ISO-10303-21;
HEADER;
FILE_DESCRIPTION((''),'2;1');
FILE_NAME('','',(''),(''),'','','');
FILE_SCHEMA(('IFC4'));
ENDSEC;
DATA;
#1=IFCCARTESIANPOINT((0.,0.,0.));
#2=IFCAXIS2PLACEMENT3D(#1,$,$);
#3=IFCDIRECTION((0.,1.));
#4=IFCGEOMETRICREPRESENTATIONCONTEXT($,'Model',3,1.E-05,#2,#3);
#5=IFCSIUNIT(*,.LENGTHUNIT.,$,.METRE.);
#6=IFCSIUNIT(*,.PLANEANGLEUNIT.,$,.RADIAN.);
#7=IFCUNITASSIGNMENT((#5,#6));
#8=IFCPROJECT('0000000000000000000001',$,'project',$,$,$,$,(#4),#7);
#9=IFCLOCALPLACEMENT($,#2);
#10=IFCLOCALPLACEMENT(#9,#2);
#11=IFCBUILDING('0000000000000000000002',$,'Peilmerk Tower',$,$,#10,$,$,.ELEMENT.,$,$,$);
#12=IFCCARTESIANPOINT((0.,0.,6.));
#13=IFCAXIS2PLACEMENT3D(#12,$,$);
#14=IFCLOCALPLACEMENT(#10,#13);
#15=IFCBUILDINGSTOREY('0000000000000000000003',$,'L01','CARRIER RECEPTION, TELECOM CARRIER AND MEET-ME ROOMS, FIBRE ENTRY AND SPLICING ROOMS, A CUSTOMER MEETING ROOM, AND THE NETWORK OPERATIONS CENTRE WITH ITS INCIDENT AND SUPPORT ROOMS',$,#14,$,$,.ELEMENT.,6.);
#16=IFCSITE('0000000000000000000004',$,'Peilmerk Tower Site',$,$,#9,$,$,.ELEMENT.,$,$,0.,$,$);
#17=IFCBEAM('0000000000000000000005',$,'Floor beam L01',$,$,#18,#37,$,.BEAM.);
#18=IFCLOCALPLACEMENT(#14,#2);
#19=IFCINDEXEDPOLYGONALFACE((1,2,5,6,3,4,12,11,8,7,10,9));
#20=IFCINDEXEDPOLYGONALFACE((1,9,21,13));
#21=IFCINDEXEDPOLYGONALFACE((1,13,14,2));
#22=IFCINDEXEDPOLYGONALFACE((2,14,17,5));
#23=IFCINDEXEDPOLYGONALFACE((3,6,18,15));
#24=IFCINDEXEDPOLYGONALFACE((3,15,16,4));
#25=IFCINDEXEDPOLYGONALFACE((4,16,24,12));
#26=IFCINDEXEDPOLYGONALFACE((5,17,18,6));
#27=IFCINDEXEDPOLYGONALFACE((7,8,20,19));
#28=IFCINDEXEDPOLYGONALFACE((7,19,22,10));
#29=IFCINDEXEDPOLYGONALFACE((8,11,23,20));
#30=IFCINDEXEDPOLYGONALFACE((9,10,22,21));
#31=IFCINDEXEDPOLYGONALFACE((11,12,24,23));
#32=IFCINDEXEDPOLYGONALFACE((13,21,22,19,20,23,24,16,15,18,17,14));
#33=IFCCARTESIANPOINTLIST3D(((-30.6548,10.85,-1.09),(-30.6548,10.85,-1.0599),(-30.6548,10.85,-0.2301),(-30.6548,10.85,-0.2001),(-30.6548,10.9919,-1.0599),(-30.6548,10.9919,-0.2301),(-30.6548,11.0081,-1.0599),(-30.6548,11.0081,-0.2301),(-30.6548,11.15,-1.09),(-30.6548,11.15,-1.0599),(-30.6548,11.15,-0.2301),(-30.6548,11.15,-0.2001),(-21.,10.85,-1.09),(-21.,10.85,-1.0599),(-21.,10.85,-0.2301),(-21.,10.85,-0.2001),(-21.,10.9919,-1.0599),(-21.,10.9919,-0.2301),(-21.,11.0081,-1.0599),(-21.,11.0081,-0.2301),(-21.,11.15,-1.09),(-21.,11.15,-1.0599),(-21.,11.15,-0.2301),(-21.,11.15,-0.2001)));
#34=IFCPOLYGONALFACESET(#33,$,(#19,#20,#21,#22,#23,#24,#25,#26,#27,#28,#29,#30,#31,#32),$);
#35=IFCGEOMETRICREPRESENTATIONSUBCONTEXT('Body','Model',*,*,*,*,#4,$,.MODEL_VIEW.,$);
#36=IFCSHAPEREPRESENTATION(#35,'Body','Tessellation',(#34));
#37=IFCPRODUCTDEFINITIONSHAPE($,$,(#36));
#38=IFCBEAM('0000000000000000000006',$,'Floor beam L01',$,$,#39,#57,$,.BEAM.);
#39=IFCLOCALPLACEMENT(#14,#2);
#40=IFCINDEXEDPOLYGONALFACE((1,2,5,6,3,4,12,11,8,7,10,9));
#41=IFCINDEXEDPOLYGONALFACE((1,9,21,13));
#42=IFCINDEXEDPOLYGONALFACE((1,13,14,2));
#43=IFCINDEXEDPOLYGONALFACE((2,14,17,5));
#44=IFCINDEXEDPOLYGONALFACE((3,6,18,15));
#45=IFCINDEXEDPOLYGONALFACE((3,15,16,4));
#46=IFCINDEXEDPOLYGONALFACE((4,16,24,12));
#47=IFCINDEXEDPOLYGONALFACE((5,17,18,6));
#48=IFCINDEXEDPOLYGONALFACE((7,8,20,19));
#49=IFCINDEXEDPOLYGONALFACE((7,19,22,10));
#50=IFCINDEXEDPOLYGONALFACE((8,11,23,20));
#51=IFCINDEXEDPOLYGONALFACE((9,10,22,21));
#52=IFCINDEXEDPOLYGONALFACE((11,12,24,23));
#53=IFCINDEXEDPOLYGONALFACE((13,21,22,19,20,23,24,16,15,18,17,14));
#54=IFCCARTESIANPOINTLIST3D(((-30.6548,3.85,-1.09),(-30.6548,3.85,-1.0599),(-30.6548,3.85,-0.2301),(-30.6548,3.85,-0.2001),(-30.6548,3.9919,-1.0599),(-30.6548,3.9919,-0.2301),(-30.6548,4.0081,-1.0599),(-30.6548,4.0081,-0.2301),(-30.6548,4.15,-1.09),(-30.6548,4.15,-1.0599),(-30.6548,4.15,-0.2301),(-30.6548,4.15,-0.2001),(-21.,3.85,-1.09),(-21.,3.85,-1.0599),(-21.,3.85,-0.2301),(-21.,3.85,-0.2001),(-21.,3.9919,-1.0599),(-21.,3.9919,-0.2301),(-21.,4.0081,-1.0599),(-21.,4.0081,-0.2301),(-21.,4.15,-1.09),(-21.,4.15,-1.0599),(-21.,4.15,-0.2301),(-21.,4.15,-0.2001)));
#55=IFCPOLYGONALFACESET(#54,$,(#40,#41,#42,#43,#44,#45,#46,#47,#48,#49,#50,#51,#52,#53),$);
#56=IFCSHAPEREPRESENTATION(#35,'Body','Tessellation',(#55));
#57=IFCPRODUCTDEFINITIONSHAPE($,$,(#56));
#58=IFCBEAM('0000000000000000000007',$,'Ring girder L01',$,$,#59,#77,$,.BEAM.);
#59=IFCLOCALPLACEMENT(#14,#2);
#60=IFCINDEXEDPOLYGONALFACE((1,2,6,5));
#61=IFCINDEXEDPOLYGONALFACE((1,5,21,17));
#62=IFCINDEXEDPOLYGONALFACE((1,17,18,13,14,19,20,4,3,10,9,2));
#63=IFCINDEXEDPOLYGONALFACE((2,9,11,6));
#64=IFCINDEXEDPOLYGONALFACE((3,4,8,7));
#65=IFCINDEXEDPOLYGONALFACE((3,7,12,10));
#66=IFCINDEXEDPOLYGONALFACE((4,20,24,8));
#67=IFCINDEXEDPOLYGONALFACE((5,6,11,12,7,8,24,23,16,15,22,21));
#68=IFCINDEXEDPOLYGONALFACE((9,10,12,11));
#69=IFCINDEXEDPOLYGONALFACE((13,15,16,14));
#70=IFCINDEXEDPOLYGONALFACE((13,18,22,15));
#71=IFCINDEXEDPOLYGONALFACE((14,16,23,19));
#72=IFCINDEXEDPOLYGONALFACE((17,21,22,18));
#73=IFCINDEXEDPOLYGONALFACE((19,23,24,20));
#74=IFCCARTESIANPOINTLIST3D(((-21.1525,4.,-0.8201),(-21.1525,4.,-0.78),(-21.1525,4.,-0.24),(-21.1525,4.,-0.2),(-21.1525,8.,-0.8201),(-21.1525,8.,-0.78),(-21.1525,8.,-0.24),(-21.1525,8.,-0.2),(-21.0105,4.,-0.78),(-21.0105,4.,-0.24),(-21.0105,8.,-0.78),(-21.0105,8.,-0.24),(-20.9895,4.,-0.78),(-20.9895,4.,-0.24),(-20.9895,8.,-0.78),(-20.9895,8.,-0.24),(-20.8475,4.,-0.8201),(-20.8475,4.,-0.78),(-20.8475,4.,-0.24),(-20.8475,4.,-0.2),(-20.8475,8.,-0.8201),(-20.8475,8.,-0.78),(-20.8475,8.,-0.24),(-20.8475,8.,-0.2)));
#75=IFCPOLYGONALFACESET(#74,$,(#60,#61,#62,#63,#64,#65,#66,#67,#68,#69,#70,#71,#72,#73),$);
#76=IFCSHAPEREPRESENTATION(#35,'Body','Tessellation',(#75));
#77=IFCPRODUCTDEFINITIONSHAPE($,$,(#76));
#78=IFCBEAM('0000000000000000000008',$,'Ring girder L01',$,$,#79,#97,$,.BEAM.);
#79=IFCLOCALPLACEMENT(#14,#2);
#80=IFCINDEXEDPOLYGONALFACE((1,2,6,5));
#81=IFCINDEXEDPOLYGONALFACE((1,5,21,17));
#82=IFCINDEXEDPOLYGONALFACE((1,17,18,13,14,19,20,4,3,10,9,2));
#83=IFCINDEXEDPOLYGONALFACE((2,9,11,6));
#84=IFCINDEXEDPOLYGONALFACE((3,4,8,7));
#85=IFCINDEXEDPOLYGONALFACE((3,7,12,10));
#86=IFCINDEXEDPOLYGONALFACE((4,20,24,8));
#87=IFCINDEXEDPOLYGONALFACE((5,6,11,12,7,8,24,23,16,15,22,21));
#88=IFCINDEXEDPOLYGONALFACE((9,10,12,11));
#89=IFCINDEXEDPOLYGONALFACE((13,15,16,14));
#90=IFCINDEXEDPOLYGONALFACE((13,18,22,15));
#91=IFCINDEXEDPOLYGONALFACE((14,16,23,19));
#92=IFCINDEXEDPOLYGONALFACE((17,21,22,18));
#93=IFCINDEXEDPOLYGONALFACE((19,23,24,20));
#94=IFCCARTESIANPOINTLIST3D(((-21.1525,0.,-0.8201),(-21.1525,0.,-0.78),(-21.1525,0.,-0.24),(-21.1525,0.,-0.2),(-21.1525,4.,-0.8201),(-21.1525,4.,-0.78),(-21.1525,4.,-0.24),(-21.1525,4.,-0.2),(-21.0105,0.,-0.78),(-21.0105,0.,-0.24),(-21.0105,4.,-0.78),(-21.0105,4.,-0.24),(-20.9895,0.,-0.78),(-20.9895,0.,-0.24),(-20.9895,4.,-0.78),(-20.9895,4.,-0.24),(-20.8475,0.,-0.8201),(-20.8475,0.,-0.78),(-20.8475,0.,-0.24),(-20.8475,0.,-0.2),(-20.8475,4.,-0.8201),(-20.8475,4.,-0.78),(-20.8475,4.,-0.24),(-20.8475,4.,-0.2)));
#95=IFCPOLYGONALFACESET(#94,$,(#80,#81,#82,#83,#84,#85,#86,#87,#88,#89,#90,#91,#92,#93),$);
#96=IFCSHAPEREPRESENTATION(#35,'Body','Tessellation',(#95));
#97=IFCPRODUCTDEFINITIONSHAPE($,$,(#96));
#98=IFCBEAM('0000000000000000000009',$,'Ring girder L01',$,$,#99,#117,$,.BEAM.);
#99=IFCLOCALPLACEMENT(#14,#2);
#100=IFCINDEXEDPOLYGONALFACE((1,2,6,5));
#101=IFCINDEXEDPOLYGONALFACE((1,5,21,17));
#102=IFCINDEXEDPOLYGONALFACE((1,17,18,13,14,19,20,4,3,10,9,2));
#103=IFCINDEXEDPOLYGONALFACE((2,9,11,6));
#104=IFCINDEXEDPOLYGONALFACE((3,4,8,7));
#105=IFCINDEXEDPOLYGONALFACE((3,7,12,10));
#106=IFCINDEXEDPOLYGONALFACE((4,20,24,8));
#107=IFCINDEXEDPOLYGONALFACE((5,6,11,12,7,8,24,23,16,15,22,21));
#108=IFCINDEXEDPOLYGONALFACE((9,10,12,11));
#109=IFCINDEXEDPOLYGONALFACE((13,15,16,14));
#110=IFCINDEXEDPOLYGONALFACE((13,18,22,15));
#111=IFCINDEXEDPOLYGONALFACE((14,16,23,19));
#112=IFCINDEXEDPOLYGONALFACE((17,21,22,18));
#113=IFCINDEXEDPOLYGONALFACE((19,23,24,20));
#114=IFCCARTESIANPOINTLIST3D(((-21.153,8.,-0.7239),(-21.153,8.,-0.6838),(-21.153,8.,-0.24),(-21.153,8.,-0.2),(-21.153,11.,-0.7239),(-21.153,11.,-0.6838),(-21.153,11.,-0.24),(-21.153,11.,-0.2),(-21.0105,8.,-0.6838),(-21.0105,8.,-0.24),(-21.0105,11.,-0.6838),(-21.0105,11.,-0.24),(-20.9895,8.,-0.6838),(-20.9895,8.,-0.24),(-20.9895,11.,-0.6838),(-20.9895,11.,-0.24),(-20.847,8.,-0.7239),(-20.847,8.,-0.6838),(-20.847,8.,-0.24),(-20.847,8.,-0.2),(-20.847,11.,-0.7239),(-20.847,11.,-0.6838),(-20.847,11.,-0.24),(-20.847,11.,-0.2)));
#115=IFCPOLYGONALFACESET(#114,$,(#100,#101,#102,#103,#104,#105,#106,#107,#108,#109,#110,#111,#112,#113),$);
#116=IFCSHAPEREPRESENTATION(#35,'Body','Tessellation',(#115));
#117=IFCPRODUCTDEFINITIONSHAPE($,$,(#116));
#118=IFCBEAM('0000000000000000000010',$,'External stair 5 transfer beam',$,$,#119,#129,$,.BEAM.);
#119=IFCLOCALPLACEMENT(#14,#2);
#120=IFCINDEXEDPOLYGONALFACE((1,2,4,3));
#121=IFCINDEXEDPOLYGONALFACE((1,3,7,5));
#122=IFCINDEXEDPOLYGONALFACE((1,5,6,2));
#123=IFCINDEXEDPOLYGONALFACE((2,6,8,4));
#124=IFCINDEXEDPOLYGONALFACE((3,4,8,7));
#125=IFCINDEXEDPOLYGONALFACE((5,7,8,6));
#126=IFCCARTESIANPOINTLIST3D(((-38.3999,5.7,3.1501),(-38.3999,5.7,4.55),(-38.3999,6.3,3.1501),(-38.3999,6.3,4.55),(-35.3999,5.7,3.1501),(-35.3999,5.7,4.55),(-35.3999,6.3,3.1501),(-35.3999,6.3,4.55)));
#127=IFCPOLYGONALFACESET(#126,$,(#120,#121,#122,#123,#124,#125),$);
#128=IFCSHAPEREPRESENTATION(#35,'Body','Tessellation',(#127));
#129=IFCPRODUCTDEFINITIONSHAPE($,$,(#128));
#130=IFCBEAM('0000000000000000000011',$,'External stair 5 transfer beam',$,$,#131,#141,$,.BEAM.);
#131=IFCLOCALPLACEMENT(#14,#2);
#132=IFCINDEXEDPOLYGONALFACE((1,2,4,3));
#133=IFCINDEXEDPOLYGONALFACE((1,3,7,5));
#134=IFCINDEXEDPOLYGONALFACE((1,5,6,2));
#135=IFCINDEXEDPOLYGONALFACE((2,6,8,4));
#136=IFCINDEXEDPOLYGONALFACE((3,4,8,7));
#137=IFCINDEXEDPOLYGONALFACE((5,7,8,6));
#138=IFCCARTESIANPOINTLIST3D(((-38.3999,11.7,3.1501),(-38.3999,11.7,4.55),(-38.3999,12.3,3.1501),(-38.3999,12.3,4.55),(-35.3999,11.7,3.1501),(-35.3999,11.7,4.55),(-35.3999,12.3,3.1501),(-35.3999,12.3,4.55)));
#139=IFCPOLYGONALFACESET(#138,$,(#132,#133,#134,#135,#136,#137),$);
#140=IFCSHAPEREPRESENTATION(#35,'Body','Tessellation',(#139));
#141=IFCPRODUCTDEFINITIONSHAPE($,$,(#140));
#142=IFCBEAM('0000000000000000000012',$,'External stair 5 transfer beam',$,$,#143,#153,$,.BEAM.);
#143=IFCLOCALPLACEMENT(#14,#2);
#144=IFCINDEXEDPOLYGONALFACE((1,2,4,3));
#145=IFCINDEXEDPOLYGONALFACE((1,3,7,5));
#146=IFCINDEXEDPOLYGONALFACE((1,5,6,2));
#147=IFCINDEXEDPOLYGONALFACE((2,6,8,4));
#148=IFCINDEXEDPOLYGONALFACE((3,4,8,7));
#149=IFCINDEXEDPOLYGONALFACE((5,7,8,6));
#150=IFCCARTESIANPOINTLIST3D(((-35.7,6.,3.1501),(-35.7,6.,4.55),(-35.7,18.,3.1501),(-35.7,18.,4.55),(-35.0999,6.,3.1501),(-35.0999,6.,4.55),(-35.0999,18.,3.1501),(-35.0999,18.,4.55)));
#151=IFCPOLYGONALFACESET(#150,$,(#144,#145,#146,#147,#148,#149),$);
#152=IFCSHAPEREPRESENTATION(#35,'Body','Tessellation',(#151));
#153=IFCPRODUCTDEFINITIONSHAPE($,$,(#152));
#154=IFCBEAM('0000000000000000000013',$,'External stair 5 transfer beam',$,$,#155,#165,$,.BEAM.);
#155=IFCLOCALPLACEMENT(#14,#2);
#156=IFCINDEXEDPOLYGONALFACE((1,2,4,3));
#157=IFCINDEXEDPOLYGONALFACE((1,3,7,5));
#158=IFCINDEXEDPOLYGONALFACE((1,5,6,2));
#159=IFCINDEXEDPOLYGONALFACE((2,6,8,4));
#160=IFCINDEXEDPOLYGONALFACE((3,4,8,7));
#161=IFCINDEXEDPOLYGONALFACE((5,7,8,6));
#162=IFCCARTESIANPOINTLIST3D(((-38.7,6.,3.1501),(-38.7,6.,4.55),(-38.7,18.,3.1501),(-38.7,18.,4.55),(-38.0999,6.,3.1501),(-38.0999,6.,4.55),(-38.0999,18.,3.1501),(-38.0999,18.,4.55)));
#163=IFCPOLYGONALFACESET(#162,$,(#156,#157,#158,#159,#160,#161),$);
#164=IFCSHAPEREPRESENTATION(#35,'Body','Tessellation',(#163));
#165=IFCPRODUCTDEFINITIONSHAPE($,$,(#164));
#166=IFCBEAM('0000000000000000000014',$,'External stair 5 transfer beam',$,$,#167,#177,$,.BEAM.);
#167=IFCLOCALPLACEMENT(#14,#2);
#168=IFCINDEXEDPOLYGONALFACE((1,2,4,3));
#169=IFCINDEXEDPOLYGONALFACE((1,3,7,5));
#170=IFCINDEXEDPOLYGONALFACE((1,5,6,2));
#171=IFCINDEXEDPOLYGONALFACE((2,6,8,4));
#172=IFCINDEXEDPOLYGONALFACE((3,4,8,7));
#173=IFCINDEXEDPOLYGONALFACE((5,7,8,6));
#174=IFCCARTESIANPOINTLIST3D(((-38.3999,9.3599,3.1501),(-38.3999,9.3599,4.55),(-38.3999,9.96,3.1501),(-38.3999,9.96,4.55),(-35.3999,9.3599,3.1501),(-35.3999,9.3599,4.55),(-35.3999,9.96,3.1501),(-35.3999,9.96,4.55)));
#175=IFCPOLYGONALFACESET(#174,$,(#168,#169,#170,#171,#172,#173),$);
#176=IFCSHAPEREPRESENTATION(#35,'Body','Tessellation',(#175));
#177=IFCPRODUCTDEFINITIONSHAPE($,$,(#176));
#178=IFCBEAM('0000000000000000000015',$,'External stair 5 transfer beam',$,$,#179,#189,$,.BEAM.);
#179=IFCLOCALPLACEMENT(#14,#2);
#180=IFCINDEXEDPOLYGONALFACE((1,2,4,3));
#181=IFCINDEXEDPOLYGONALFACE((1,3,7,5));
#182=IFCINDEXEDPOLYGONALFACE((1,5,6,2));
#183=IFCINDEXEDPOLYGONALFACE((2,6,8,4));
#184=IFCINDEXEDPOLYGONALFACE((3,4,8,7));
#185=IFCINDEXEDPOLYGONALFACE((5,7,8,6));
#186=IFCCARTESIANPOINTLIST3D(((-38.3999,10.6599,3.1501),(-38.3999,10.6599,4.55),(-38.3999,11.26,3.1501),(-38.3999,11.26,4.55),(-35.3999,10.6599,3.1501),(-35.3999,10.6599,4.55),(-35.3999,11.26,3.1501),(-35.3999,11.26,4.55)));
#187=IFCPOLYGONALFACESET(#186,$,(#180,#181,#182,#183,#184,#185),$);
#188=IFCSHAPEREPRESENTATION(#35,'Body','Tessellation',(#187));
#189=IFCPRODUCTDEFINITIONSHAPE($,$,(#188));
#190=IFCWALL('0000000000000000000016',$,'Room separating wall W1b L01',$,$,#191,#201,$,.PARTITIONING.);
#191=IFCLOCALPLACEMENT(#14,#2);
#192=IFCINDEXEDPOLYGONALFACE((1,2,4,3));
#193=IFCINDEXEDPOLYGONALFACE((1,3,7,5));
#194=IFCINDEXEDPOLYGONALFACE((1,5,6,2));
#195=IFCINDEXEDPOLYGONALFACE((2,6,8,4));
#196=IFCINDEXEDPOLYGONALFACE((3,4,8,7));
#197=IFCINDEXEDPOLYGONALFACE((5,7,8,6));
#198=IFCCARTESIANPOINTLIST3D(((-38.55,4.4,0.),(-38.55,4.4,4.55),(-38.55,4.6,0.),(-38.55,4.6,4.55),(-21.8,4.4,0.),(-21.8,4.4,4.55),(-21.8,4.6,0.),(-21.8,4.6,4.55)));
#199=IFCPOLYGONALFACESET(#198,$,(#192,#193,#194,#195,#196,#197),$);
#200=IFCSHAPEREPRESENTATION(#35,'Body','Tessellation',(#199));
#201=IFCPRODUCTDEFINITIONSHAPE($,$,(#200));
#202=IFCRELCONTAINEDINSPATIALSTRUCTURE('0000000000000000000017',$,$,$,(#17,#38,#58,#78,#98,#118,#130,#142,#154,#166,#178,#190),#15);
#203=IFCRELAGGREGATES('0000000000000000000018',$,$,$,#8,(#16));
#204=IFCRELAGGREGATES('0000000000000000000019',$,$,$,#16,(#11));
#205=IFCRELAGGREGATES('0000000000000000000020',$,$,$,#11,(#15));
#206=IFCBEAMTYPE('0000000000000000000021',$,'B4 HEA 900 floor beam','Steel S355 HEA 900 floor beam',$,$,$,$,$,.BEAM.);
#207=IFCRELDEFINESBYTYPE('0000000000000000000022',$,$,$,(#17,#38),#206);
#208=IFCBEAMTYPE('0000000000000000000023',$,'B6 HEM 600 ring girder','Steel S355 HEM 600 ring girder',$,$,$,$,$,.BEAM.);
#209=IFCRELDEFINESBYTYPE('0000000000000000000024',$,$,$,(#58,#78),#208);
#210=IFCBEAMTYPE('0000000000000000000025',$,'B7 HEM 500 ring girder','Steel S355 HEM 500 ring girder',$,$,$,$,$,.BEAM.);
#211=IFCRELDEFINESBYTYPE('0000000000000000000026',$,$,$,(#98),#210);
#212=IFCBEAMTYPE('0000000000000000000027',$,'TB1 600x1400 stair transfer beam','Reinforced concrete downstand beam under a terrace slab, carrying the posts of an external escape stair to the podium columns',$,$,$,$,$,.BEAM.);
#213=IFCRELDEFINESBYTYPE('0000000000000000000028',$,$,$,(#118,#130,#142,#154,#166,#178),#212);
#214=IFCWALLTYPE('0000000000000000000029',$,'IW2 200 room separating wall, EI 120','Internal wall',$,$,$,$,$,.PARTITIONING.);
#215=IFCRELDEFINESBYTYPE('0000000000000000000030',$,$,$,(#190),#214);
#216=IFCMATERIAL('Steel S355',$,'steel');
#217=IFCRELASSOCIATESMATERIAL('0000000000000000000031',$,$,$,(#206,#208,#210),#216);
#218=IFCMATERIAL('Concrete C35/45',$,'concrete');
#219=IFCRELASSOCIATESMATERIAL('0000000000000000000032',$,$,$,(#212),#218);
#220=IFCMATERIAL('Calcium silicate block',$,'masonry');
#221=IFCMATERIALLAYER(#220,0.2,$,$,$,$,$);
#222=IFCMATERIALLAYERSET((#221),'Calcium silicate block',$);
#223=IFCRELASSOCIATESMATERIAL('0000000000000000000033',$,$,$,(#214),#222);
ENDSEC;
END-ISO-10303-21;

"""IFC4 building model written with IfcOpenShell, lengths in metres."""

from ifc_helpers import new_model, si_unit, direction, frame, frame_2d, origin, origin_2d, place, context, subcontext, project, spatial, rectangle, i_section, extrude, material, layer, layer_set, material_profile, profile_set, type_object, element, save


model = new_model("IFC4")

# Units and contexts
model_context = context("Model", 3, precision=1e-05, world=origin(), true_north=direction((0.0, 1.0)))
body_context = subcontext(model_context, "Body", "Model", "MODEL_VIEW")
ifc_project = project(units=[si_unit("LENGTHUNIT", "METRE"), si_unit("PLANEANGLEUNIT", "RADIAN")], contexts=[model_context])

# Site, building, storey
site_placement = place(None, origin())
site = spatial("IfcSite", under=ifc_project, at=site_placement, Name="Peilmerk Tower Site", CompositionType="ELEMENT", RefElevation=0.0)
building_placement = place(site_placement, origin())
building = spatial("IfcBuilding", under=site, at=building_placement, Name="Peilmerk Tower", CompositionType="ELEMENT")
storey_placement = place(building_placement, frame((0.0, 0.0, 6.0)))
storey = spatial("IfcBuildingStorey", under=building, at=storey_placement, Name="L01", Description="CARRIER RECEPTION, TELECOM CARRIER AND MEET-ME ROOMS, FIBRE ENTRY AND SPLICING ROOMS, A CUSTOMER MEETING ROOM, AND THE NETWORK OPERATIONS CENTRE WITH ITS INCIDENT AND SUPPORT ROOMS", CompositionType="ELEMENT", Elevation=6.0)

# Shared definitions
ifc_material_1 = material(Name="Steel S355", Category="steel")

# Beams
ifc_material_profile_1 = material_profile(ifc_material_1, i_section(OverallWidth=0.3, OverallDepth=0.8899, WebThickness=0.0161, FlangeThickness=0.03, at=origin_2d()), Name="HEA 900")
ifc_profile_set_1 = profile_set([ifc_material_profile_1], Name="Steel S355")
beam_type_1 = type_object("IfcBeamType", Name="B4 HEA 900 floor beam", Description="Steel S355 HEA 900 floor beam", PredefinedType="BEAM", material=ifc_profile_set_1)
for number, where, z_axis, x_axis, name in (
    (1, (-21.0, 11.0, -0.645), (-1.0, 0.0, 0.0), (0.0, -1.0, 0.0), "Floor beam L01"),
    (2, (-21.0, 4.0, -0.645), (-1.0, 0.0, 0.0), (0.0, -1.0, 0.0), "Floor beam L01"),
):
    element("IfcBeam", number, at=place(storey_placement, frame(where, z_axis=z_axis, x_axis=x_axis)), inside=storey, type_object=beam_type_1, Name=name, PredefinedType="BEAM", context=body_context, shape_type="SweptSolid", body=[
        extrude(i_section(OverallWidth=0.3, OverallDepth=0.8899, WebThickness=0.0161, FlangeThickness=0.03, at=origin_2d()), origin(), (0.0, 0.0, 1.0), 9.6548),
    ])
ifc_material_profile_2 = material_profile(ifc_material_1, i_section(OverallWidth=0.3049, OverallDepth=0.6201, WebThickness=0.021, FlangeThickness=0.04, at=origin_2d()), Name="HEM 600")
ifc_profile_set_2 = profile_set([ifc_material_profile_2], Name="Steel S355")
beam_type_2 = type_object("IfcBeamType", Name="B6 HEM 600 ring girder", Description="Steel S355 HEM 600 ring girder", PredefinedType="BEAM", material=ifc_profile_set_2)
for number, where, z_axis, x_axis, name in (
    (3, (-21.0, 8.0, -0.51), (0.0, -1.0, 0.0), (1.0, 0.0, 0.0), "Ring girder L01"),
    (4, (-21.0, 4.0, -0.51), (0.0, -1.0, 0.0), (1.0, 0.0, 0.0), "Ring girder L01"),
):
    element("IfcBeam", number, at=place(storey_placement, frame(where, z_axis=z_axis, x_axis=x_axis)), inside=storey, type_object=beam_type_2, Name=name, PredefinedType="BEAM", context=body_context, shape_type="SweptSolid", body=[
        extrude(i_section(OverallWidth=0.3049, OverallDepth=0.6201, WebThickness=0.021, FlangeThickness=0.04, at=origin_2d()), origin(), (0.0, 0.0, 1.0), 4.0),
    ])
ifc_material_profile_3 = material_profile(ifc_material_1, i_section(OverallWidth=0.3059, OverallDepth=0.5239, WebThickness=0.021, FlangeThickness=0.04, at=origin_2d()), Name="HEM 500")
ifc_profile_set_3 = profile_set([ifc_material_profile_3], Name="Steel S355")
beam_type_3 = type_object("IfcBeamType", Name="B7 HEM 500 ring girder", Description="Steel S355 HEM 500 ring girder", PredefinedType="BEAM", material=ifc_profile_set_3)
beam_1_placement = place(storey_placement, frame((-21.0, 11.0, -0.4619), z_axis=(0.0, -1.0, 0.0), x_axis=(1.0, 0.0, 0.0)))
element("IfcBeam", 5, at=beam_1_placement, inside=storey, type_object=beam_type_3, Name="Ring girder L01", PredefinedType="BEAM", context=body_context, shape_type="SweptSolid", body=[
    extrude(i_section(OverallWidth=0.3059, OverallDepth=0.5239, WebThickness=0.021, FlangeThickness=0.04, at=origin_2d()), origin(), (0.0, 0.0, 1.0), 3.0),
])
ifc_material_2 = material(Name="Concrete C35/45", Category="concrete")
ifc_material_profile_4 = material_profile(ifc_material_2, rectangle(XDim=0.6001, YDim=1.3999, at=origin_2d()), Name="RC 600x1400")
ifc_profile_set_4 = profile_set([ifc_material_profile_4], Name="Concrete C35/45")
beam_type_4 = type_object("IfcBeamType", Name="TB1 600x1400 stair transfer beam", Description="Reinforced concrete downstand beam under a terrace slab, carrying the posts of an external escape stair to the podium columns", PredefinedType="BEAM", material=ifc_profile_set_4)
for number, where, z_axis, x_axis, name in (
    (6, (-35.3999, 6.0, 3.8501), (-1.0, 0.0, 0.0), (0.0, -1.0, 0.0), "External stair 5 transfer beam"),
    (7, (-35.3999, 12.0, 3.8501), (-1.0, 0.0, 0.0), (0.0, -1.0, 0.0), "External stair 5 transfer beam"),
):
    element("IfcBeam", number, at=place(storey_placement, frame(where, z_axis=z_axis, x_axis=x_axis)), inside=storey, type_object=beam_type_4, Name=name, PredefinedType="BEAM", context=body_context, shape_type="SweptSolid", body=[
        extrude(rectangle(XDim=0.6001, YDim=1.3999, at=origin_2d()), origin(), (0.0, 0.0, 1.0), 3.0),
    ])
for number, where, z_axis, x_axis, name in (
    (8, (-35.3999, 6.0, 3.8501), (0.0, 1.0, 0.0), (-1.0, 0.0, 0.0), "External stair 5 transfer beam"),
    (9, (-38.3999, 6.0, 3.8501), (0.0, 1.0, 0.0), (-1.0, 0.0, 0.0), "External stair 5 transfer beam"),
):
    element("IfcBeam", number, at=place(storey_placement, frame(where, z_axis=z_axis, x_axis=x_axis)), inside=storey, type_object=beam_type_4, Name=name, PredefinedType="BEAM", context=body_context, shape_type="SweptSolid", body=[
        extrude(rectangle(XDim=0.6001, YDim=1.3999, at=origin_2d()), origin(), (0.0, 0.0, 1.0), 12.0),
    ])
for number, where, z_axis, x_axis, name in (
    (10, (-35.3999, 9.6599, 3.8501), (-1.0, 0.0, 0.0), (0.0, -1.0, 0.0), "External stair 5 transfer beam"),
    (11, (-35.3999, 10.96, 3.8501), (-1.0, 0.0, 0.0), (0.0, -1.0, 0.0), "External stair 5 transfer beam"),
):
    element("IfcBeam", number, at=place(storey_placement, frame(where, z_axis=z_axis, x_axis=x_axis)), inside=storey, type_object=beam_type_4, Name=name, PredefinedType="BEAM", context=body_context, shape_type="SweptSolid", body=[
        extrude(rectangle(XDim=0.6001, YDim=1.3999, at=origin_2d()), origin(), (0.0, 0.0, 1.0), 3.0),
    ])

# Wall
ifc_material_3 = material(Name="Calcium silicate block", Category="masonry")
ifc_layer = layer(ifc_material_3, 0.2)
ifc_layer_set = layer_set([ifc_layer], Name="Calcium silicate block")
wall_type = type_object("IfcWallType", Name="IW2 200 room separating wall, EI 120", Description="Internal wall", PredefinedType="PARTITIONING", material=ifc_layer_set)
wall_placement = place(storey_placement, frame((-21.8, 4.5, 0.0), z_axis=(0.0, 0.0, 1.0), x_axis=(-1.0, 0.0, 0.0)))
element("IfcWall", 12, at=wall_placement, inside=storey, type_object=wall_type, Name="Room separating wall W1b L01", PredefinedType="PARTITIONING", context=body_context, shape_type="SweptSolid", body=[
    extrude(rectangle(XDim=16.75, YDim=0.2, at=frame_2d((8.375, 0.0))), origin(), (0.0, 0.0, 1.0), 4.55),
])

save(model, "model.ifc")
